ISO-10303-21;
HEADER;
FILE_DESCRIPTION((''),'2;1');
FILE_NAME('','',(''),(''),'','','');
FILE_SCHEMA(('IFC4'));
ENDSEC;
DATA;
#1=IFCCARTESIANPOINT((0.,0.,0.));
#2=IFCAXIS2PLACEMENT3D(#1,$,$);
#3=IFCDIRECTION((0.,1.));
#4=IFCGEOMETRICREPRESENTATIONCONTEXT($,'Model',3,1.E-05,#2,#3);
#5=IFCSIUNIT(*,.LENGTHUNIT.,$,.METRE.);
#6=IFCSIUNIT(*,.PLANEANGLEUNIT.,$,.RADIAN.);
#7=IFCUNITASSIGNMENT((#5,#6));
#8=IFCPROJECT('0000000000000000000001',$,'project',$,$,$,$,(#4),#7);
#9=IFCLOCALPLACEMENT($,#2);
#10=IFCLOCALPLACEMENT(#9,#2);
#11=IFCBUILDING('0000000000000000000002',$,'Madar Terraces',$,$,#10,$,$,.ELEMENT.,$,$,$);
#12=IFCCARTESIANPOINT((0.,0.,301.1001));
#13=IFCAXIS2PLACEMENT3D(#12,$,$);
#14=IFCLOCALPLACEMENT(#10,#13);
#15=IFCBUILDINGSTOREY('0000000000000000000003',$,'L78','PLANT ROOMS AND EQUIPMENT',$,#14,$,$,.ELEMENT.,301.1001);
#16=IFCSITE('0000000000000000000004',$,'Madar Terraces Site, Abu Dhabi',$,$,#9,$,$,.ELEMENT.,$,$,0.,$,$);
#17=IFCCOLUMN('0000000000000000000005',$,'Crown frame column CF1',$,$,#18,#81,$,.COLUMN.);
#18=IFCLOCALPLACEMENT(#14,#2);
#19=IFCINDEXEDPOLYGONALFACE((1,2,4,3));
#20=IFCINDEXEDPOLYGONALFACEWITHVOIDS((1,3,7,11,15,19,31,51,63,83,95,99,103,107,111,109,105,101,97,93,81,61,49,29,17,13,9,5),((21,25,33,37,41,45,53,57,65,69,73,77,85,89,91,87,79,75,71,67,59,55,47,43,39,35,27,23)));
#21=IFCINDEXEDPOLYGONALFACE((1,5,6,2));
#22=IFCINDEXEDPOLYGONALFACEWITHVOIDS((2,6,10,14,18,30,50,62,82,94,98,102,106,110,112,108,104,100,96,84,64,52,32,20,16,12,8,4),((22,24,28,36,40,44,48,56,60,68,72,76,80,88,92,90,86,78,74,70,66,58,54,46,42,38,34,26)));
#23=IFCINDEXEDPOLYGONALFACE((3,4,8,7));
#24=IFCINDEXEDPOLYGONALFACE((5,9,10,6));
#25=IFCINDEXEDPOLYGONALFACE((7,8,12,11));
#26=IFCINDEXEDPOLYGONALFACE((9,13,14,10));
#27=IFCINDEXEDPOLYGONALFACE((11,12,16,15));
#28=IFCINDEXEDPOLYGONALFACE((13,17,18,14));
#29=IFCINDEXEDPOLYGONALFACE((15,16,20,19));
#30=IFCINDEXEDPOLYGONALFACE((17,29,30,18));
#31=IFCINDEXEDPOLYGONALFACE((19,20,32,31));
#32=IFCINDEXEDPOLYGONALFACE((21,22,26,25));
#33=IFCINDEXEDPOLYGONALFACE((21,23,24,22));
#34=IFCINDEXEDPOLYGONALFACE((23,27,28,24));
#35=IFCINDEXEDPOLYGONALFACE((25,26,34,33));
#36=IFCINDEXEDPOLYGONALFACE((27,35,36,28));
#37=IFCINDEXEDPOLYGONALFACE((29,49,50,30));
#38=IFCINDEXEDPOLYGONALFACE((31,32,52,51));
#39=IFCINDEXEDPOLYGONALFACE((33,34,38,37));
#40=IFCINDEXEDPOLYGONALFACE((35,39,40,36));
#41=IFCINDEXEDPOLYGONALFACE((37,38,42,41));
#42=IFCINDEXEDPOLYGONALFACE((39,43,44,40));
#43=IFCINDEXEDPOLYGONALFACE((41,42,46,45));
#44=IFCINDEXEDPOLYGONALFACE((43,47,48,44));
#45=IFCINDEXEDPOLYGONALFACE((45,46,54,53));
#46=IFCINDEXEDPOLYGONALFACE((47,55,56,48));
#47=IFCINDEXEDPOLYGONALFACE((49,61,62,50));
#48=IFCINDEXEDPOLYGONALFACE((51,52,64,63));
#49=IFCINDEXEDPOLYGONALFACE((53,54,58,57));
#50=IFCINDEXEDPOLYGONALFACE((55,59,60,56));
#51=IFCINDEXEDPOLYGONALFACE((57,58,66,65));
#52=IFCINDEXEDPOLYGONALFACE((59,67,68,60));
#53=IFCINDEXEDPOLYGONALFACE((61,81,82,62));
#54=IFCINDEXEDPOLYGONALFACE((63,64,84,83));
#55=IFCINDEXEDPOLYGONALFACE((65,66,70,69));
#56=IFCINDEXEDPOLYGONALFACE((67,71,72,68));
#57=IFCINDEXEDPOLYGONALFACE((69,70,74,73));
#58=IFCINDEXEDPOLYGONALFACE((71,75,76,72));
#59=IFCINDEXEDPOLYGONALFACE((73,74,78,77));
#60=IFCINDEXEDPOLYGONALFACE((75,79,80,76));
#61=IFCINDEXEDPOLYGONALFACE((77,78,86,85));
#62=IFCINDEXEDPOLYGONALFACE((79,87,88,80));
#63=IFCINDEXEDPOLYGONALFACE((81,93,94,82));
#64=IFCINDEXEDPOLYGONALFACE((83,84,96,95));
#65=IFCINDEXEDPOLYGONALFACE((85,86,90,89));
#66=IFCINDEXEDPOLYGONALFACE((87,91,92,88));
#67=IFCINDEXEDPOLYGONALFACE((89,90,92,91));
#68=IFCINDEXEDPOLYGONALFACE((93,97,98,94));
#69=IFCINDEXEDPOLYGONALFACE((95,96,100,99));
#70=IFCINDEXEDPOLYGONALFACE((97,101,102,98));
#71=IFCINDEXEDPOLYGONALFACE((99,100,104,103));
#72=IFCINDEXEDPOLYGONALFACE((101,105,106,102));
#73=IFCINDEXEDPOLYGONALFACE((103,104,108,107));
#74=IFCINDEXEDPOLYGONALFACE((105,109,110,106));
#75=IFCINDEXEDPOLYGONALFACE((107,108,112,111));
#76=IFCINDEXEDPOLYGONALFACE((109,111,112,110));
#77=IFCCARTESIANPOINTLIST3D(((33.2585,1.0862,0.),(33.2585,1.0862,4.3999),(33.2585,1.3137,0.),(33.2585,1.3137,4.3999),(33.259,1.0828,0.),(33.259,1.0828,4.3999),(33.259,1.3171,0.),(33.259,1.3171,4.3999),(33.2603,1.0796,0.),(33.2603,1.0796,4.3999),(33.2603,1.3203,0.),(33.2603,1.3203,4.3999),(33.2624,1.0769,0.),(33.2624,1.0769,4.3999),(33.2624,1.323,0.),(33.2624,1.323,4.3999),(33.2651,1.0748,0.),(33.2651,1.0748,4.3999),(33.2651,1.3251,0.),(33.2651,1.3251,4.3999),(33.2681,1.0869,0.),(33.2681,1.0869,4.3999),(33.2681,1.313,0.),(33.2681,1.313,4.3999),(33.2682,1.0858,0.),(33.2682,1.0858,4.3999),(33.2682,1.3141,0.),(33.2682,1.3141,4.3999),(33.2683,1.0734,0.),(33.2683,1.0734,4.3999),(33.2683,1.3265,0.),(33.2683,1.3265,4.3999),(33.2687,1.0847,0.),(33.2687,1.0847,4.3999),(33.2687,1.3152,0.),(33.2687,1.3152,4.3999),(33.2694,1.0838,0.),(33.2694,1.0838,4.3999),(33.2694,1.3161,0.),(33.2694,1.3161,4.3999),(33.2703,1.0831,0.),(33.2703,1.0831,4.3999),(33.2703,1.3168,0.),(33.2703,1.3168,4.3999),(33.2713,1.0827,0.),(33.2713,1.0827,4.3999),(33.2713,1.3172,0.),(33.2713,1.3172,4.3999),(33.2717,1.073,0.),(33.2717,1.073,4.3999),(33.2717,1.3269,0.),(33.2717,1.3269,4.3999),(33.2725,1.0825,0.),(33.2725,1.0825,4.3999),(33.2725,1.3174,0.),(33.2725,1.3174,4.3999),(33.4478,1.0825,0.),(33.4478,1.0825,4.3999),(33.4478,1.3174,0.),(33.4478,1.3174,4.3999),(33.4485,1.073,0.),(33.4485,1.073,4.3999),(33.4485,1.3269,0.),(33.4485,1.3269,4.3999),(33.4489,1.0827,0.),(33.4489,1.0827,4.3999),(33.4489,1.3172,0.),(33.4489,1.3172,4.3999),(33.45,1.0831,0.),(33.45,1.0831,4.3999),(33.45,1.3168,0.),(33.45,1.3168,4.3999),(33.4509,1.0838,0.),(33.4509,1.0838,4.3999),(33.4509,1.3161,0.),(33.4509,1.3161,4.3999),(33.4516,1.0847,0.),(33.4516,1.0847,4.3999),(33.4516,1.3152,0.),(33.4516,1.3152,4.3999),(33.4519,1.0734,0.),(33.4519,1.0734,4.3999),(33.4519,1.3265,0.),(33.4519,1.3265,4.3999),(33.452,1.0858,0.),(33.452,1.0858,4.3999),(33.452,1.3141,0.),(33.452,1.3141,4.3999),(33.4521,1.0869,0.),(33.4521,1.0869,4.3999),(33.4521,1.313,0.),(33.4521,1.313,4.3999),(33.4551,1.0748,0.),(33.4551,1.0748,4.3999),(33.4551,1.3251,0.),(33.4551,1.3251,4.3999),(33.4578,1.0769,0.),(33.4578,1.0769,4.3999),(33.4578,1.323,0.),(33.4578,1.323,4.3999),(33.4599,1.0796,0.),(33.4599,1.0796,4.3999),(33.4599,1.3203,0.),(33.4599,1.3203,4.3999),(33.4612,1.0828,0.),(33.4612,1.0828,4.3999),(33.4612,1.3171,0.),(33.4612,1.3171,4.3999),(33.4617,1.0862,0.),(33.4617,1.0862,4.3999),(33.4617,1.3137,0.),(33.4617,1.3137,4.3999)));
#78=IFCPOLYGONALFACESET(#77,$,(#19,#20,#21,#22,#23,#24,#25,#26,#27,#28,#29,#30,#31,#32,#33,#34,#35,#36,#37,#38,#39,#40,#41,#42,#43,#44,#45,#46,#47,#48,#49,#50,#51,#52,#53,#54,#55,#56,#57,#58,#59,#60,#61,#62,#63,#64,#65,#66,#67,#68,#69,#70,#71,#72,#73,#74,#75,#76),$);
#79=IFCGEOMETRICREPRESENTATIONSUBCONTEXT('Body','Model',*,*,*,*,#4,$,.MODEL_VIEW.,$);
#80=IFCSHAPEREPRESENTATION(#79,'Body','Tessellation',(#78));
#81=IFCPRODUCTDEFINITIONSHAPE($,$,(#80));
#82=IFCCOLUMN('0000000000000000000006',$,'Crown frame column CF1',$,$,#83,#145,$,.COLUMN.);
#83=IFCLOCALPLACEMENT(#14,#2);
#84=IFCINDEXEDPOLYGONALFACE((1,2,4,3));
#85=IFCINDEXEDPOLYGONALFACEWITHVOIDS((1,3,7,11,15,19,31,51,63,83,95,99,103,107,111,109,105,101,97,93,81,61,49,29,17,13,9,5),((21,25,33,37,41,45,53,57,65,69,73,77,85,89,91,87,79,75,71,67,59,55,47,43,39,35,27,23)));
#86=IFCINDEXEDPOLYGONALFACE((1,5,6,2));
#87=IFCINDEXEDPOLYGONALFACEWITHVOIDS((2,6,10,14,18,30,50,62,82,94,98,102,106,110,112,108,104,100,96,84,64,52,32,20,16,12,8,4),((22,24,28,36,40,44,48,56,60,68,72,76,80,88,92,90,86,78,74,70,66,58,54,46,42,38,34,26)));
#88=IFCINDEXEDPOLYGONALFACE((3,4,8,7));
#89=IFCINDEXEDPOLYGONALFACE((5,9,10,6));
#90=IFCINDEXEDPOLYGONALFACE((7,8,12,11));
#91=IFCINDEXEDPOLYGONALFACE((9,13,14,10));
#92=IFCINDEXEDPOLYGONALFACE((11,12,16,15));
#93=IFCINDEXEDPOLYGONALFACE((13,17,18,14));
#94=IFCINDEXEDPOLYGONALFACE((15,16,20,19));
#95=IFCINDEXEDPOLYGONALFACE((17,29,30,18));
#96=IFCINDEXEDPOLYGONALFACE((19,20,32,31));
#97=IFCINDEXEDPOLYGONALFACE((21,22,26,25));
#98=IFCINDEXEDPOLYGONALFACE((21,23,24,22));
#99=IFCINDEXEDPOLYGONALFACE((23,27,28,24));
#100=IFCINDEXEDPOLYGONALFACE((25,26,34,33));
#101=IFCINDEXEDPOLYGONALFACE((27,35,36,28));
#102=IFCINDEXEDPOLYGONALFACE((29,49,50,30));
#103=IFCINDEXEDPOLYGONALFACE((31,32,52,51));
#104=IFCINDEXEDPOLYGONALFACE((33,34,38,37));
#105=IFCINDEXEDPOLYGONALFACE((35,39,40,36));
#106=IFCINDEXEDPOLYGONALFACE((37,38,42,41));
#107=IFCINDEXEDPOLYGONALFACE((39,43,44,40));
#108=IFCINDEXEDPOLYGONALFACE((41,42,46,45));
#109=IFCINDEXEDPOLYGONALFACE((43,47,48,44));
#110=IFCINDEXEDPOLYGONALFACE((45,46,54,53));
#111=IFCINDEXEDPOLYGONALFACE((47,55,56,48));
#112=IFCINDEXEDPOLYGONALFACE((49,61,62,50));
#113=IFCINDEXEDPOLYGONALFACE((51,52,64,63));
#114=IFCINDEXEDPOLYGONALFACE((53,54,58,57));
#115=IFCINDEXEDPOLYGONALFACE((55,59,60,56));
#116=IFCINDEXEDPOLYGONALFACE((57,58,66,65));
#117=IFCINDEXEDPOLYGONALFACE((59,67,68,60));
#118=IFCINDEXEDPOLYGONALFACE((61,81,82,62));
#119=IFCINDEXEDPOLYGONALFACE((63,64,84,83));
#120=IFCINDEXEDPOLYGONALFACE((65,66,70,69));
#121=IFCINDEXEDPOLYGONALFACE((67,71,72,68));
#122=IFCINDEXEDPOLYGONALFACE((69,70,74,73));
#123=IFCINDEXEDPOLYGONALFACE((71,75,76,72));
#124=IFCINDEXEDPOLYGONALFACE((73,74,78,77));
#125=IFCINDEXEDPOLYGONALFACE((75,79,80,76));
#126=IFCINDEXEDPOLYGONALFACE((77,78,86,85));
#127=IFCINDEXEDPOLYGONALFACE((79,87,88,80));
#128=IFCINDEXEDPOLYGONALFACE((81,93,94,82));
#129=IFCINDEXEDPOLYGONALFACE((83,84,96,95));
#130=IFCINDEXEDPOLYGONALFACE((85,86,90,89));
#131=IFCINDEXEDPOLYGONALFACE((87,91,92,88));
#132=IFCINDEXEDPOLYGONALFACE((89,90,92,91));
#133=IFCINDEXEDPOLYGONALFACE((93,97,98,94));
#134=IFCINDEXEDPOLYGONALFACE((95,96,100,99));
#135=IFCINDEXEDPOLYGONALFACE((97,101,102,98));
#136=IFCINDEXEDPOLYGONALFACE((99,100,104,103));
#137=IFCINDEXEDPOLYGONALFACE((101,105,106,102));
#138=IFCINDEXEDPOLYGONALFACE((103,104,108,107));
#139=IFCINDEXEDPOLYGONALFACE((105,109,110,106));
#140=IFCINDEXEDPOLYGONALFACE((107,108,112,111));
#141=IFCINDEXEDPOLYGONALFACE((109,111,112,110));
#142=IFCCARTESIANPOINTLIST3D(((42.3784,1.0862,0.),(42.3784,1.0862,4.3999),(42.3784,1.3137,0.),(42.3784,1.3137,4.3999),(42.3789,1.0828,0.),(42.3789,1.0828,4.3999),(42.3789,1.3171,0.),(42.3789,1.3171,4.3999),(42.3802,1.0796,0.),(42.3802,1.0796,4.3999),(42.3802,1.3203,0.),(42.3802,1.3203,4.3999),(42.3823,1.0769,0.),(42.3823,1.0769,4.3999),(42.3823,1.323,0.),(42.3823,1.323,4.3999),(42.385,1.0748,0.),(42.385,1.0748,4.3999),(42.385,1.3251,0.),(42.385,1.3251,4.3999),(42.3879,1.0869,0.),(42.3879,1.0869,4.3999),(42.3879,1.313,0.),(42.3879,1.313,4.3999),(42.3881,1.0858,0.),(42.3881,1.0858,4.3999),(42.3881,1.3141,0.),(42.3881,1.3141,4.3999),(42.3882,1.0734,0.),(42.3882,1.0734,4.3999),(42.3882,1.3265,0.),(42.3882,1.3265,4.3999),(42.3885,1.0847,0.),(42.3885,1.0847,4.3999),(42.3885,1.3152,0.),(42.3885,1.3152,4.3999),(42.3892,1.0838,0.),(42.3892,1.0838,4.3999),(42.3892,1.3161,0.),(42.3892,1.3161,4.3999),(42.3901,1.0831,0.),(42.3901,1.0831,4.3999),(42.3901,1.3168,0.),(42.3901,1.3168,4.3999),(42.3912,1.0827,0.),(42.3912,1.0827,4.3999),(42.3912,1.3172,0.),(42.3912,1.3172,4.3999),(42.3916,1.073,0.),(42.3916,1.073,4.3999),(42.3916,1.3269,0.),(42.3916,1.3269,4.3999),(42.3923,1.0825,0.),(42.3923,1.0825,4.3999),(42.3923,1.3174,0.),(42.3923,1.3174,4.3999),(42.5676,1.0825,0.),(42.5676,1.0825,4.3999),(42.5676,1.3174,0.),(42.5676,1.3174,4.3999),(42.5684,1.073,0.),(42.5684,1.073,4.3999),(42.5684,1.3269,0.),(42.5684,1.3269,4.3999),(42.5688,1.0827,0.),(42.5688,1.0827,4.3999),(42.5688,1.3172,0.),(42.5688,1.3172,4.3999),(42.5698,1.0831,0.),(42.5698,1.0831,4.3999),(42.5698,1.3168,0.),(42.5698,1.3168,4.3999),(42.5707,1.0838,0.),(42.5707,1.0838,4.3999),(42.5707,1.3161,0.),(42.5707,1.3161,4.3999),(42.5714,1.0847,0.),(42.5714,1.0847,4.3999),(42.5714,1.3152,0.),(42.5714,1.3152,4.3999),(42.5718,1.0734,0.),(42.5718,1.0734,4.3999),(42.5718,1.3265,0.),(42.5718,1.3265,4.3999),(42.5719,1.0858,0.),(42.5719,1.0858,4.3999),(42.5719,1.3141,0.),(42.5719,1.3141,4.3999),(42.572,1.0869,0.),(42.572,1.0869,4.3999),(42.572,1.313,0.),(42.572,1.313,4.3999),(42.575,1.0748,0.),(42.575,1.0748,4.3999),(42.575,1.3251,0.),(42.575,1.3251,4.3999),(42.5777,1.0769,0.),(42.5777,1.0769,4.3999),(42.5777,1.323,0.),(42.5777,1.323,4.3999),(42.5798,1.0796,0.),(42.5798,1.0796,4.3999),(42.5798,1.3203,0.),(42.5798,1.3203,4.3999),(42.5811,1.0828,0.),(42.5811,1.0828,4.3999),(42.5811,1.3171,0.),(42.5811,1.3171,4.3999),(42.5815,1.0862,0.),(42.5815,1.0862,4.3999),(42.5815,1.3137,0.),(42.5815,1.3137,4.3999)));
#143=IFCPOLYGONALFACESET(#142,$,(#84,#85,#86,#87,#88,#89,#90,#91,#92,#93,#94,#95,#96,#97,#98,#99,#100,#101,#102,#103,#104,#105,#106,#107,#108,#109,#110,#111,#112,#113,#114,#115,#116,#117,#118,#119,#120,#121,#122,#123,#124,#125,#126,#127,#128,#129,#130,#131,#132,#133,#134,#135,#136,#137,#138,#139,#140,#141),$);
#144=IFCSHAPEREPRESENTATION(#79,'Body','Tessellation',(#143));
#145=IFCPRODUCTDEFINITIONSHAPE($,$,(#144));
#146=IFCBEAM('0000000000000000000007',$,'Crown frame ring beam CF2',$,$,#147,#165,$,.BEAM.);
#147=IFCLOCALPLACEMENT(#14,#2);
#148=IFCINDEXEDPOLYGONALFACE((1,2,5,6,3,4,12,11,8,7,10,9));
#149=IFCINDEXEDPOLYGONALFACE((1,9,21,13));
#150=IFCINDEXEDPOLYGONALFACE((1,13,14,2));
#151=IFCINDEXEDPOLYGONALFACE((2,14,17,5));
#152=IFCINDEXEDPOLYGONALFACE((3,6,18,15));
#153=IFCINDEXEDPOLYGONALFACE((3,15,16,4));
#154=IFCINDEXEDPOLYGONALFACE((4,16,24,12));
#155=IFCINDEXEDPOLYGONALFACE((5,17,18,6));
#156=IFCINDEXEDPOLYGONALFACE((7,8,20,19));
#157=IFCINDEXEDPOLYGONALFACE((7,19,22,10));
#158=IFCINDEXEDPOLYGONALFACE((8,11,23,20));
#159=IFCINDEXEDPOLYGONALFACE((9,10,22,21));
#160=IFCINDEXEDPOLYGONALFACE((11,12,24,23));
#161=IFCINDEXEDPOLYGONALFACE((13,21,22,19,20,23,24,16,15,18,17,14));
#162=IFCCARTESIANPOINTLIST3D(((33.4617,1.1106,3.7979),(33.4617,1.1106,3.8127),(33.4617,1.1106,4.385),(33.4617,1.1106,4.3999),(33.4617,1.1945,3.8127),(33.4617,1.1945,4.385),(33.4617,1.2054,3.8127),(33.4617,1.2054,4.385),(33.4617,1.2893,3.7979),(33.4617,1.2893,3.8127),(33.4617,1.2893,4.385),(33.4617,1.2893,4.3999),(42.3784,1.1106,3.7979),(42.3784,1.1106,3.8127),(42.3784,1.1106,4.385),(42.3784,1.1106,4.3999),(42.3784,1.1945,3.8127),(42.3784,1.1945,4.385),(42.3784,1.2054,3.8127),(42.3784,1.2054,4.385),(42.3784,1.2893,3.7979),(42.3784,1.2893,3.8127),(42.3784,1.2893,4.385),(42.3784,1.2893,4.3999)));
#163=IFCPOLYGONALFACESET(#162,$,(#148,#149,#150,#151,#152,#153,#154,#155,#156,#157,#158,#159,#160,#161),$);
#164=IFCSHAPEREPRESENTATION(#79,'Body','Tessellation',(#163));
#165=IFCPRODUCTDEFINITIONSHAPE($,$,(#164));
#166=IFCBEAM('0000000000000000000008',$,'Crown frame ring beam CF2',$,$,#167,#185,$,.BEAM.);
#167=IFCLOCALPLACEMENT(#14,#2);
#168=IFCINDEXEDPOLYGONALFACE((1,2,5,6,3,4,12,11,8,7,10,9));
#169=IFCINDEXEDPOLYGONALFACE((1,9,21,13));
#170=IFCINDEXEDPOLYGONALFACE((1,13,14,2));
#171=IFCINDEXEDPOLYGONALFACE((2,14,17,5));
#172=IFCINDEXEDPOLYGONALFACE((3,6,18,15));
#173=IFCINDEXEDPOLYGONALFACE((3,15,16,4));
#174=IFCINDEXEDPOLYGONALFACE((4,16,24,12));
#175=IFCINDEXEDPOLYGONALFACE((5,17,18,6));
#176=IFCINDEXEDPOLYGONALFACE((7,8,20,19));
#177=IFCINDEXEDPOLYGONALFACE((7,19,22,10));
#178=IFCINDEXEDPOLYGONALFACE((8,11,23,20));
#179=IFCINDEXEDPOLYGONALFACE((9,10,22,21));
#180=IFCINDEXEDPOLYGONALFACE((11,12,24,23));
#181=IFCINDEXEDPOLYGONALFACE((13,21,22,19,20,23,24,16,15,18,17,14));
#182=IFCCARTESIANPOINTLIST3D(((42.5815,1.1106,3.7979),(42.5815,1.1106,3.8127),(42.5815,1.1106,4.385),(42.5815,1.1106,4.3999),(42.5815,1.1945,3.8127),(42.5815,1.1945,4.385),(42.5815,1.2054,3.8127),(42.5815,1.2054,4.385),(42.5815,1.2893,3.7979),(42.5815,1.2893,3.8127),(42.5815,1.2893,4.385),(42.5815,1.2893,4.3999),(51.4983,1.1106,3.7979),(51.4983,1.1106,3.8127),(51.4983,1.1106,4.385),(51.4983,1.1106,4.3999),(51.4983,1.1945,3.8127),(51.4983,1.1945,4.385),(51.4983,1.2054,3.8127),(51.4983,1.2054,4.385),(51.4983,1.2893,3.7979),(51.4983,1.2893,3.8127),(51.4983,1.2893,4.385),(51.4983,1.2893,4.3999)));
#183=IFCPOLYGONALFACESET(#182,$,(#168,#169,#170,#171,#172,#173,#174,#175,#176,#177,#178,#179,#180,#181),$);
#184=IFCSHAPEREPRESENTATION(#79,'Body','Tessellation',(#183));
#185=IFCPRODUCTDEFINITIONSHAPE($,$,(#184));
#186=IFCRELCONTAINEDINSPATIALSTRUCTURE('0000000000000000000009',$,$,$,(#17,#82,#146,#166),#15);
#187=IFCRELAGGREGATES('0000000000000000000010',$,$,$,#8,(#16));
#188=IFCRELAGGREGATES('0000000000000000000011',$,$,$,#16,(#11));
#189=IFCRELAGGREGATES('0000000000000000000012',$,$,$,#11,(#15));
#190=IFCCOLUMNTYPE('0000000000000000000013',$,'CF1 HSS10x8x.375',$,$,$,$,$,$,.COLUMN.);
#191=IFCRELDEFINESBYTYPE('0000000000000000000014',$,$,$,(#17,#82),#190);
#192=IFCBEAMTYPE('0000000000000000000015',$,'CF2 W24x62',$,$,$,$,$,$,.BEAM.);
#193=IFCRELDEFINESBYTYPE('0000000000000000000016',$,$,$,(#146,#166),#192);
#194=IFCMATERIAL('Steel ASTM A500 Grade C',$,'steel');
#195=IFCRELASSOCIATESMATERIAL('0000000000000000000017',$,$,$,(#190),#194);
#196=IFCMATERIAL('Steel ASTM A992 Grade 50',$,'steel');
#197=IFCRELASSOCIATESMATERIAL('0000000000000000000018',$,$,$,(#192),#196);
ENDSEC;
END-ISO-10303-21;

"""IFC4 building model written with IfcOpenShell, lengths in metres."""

from ifc_helpers import new_model, si_unit, direction, frame, origin, origin_2d, place, context, subcontext, project, spatial, hollow_rectangle, i_section, extrude, material, material_profile, profile_set, type_object, element, save


model = new_model("IFC4")

# Units and contexts
model_context = context("Model", 3, precision=1e-05, world=origin(), true_north=direction((0.0, 1.0)))
body_context = subcontext(model_context, "Body", "Model", "MODEL_VIEW")
ifc_project = project(units=[si_unit("LENGTHUNIT", "METRE"), si_unit("PLANEANGLEUNIT", "RADIAN")], contexts=[model_context])

# Site, building, storey
site_placement = place(None, origin())
site = spatial("IfcSite", under=ifc_project, at=site_placement, Name="Madar Terraces Site, Abu Dhabi", CompositionType="ELEMENT", RefElevation=0.0)
building_placement = place(site_placement, origin())
building = spatial("IfcBuilding", under=site, at=building_placement, Name="Madar Terraces", CompositionType="ELEMENT")
storey_placement = place(building_placement, frame((0.0, 0.0, 301.1001)))
storey = spatial("IfcBuildingStorey", under=building, at=storey_placement, Name="L78", Description="PLANT ROOMS AND EQUIPMENT", CompositionType="ELEMENT", Elevation=301.1001)

# Columns
ifc_material_1 = material(Name="Steel ASTM A500 Grade C", Category="steel")
ifc_material_profile_1 = material_profile(ifc_material_1, hollow_rectangle(XDim=0.2031, YDim=0.2539, WallThickness=0.0095, InnerFilletRadius=0.0044, OuterFilletRadius=0.0132, at=origin_2d()), Name="HSS10x8x.375")
ifc_profile_set_1 = profile_set([ifc_material_profile_1], Name="Steel ASTM A500 Grade C")
column_type = type_object("IfcColumnType", Name="CF1 HSS10x8x.375", PredefinedType="COLUMN", material=ifc_profile_set_1)
for number, where, z_axis, x_axis, name in (
    (1, (33.3601, 1.2, 0.0), (0.0, 0.0, 1.0), (1.0, 0.0, 0.0), "Crown frame column CF1"),
    (2, (42.48, 1.2, 0.0), (0.0, 0.0, 1.0), (1.0, 0.0, 0.0), "Crown frame column CF1"),
):
    element("IfcColumn", number, at=place(storey_placement, frame(where, z_axis=z_axis, x_axis=x_axis)), inside=storey, type_object=column_type, Name=name, PredefinedType="COLUMN", context=body_context, shape_type="SweptSolid", body=[
        extrude(hollow_rectangle(XDim=0.2031, YDim=0.2539, WallThickness=0.0095, InnerFilletRadius=0.0044, OuterFilletRadius=0.0132, at=origin_2d()), origin(), (0.0, 0.0, 1.0), 4.3999),
    ])

# Beams
ifc_material_2 = material(Name="Steel ASTM A992 Grade 50", Category="steel")
ifc_material_profile_2 = material_profile(ifc_material_2, i_section(OverallWidth=0.1787, OverallDepth=0.6021, WebThickness=0.011, FlangeThickness=0.0149, at=origin_2d()), Name="W24x62")
ifc_profile_set_2 = profile_set([ifc_material_profile_2], Name="Steel ASTM A992 Grade 50")
beam_type = type_object("IfcBeamType", Name="CF2 W24x62", PredefinedType="BEAM", material=ifc_profile_set_2)
for number, where, z_axis, x_axis, name in (
    (3, (33.4617, 1.2, 4.0989), (1.0, 0.0, 0.0), (0.0, 1.0, 0.0), "Crown frame ring beam CF2"),
    (4, (42.5815, 1.2, 4.0989), (1.0, 0.0, 0.0), (0.0, 1.0, 0.0), "Crown frame ring beam CF2"),
):
    element("IfcBeam", number, at=place(storey_placement, frame(where, z_axis=z_axis, x_axis=x_axis)), inside=storey, type_object=beam_type, Name=name, PredefinedType="BEAM", context=body_context, shape_type="SweptSolid", body=[
        extrude(i_section(OverallWidth=0.1787, OverallDepth=0.6021, WebThickness=0.011, FlangeThickness=0.0149, at=origin_2d()), origin(), (0.0, 0.0, 1.0), 8.9167),
    ])

save(model, "model.ifc")
